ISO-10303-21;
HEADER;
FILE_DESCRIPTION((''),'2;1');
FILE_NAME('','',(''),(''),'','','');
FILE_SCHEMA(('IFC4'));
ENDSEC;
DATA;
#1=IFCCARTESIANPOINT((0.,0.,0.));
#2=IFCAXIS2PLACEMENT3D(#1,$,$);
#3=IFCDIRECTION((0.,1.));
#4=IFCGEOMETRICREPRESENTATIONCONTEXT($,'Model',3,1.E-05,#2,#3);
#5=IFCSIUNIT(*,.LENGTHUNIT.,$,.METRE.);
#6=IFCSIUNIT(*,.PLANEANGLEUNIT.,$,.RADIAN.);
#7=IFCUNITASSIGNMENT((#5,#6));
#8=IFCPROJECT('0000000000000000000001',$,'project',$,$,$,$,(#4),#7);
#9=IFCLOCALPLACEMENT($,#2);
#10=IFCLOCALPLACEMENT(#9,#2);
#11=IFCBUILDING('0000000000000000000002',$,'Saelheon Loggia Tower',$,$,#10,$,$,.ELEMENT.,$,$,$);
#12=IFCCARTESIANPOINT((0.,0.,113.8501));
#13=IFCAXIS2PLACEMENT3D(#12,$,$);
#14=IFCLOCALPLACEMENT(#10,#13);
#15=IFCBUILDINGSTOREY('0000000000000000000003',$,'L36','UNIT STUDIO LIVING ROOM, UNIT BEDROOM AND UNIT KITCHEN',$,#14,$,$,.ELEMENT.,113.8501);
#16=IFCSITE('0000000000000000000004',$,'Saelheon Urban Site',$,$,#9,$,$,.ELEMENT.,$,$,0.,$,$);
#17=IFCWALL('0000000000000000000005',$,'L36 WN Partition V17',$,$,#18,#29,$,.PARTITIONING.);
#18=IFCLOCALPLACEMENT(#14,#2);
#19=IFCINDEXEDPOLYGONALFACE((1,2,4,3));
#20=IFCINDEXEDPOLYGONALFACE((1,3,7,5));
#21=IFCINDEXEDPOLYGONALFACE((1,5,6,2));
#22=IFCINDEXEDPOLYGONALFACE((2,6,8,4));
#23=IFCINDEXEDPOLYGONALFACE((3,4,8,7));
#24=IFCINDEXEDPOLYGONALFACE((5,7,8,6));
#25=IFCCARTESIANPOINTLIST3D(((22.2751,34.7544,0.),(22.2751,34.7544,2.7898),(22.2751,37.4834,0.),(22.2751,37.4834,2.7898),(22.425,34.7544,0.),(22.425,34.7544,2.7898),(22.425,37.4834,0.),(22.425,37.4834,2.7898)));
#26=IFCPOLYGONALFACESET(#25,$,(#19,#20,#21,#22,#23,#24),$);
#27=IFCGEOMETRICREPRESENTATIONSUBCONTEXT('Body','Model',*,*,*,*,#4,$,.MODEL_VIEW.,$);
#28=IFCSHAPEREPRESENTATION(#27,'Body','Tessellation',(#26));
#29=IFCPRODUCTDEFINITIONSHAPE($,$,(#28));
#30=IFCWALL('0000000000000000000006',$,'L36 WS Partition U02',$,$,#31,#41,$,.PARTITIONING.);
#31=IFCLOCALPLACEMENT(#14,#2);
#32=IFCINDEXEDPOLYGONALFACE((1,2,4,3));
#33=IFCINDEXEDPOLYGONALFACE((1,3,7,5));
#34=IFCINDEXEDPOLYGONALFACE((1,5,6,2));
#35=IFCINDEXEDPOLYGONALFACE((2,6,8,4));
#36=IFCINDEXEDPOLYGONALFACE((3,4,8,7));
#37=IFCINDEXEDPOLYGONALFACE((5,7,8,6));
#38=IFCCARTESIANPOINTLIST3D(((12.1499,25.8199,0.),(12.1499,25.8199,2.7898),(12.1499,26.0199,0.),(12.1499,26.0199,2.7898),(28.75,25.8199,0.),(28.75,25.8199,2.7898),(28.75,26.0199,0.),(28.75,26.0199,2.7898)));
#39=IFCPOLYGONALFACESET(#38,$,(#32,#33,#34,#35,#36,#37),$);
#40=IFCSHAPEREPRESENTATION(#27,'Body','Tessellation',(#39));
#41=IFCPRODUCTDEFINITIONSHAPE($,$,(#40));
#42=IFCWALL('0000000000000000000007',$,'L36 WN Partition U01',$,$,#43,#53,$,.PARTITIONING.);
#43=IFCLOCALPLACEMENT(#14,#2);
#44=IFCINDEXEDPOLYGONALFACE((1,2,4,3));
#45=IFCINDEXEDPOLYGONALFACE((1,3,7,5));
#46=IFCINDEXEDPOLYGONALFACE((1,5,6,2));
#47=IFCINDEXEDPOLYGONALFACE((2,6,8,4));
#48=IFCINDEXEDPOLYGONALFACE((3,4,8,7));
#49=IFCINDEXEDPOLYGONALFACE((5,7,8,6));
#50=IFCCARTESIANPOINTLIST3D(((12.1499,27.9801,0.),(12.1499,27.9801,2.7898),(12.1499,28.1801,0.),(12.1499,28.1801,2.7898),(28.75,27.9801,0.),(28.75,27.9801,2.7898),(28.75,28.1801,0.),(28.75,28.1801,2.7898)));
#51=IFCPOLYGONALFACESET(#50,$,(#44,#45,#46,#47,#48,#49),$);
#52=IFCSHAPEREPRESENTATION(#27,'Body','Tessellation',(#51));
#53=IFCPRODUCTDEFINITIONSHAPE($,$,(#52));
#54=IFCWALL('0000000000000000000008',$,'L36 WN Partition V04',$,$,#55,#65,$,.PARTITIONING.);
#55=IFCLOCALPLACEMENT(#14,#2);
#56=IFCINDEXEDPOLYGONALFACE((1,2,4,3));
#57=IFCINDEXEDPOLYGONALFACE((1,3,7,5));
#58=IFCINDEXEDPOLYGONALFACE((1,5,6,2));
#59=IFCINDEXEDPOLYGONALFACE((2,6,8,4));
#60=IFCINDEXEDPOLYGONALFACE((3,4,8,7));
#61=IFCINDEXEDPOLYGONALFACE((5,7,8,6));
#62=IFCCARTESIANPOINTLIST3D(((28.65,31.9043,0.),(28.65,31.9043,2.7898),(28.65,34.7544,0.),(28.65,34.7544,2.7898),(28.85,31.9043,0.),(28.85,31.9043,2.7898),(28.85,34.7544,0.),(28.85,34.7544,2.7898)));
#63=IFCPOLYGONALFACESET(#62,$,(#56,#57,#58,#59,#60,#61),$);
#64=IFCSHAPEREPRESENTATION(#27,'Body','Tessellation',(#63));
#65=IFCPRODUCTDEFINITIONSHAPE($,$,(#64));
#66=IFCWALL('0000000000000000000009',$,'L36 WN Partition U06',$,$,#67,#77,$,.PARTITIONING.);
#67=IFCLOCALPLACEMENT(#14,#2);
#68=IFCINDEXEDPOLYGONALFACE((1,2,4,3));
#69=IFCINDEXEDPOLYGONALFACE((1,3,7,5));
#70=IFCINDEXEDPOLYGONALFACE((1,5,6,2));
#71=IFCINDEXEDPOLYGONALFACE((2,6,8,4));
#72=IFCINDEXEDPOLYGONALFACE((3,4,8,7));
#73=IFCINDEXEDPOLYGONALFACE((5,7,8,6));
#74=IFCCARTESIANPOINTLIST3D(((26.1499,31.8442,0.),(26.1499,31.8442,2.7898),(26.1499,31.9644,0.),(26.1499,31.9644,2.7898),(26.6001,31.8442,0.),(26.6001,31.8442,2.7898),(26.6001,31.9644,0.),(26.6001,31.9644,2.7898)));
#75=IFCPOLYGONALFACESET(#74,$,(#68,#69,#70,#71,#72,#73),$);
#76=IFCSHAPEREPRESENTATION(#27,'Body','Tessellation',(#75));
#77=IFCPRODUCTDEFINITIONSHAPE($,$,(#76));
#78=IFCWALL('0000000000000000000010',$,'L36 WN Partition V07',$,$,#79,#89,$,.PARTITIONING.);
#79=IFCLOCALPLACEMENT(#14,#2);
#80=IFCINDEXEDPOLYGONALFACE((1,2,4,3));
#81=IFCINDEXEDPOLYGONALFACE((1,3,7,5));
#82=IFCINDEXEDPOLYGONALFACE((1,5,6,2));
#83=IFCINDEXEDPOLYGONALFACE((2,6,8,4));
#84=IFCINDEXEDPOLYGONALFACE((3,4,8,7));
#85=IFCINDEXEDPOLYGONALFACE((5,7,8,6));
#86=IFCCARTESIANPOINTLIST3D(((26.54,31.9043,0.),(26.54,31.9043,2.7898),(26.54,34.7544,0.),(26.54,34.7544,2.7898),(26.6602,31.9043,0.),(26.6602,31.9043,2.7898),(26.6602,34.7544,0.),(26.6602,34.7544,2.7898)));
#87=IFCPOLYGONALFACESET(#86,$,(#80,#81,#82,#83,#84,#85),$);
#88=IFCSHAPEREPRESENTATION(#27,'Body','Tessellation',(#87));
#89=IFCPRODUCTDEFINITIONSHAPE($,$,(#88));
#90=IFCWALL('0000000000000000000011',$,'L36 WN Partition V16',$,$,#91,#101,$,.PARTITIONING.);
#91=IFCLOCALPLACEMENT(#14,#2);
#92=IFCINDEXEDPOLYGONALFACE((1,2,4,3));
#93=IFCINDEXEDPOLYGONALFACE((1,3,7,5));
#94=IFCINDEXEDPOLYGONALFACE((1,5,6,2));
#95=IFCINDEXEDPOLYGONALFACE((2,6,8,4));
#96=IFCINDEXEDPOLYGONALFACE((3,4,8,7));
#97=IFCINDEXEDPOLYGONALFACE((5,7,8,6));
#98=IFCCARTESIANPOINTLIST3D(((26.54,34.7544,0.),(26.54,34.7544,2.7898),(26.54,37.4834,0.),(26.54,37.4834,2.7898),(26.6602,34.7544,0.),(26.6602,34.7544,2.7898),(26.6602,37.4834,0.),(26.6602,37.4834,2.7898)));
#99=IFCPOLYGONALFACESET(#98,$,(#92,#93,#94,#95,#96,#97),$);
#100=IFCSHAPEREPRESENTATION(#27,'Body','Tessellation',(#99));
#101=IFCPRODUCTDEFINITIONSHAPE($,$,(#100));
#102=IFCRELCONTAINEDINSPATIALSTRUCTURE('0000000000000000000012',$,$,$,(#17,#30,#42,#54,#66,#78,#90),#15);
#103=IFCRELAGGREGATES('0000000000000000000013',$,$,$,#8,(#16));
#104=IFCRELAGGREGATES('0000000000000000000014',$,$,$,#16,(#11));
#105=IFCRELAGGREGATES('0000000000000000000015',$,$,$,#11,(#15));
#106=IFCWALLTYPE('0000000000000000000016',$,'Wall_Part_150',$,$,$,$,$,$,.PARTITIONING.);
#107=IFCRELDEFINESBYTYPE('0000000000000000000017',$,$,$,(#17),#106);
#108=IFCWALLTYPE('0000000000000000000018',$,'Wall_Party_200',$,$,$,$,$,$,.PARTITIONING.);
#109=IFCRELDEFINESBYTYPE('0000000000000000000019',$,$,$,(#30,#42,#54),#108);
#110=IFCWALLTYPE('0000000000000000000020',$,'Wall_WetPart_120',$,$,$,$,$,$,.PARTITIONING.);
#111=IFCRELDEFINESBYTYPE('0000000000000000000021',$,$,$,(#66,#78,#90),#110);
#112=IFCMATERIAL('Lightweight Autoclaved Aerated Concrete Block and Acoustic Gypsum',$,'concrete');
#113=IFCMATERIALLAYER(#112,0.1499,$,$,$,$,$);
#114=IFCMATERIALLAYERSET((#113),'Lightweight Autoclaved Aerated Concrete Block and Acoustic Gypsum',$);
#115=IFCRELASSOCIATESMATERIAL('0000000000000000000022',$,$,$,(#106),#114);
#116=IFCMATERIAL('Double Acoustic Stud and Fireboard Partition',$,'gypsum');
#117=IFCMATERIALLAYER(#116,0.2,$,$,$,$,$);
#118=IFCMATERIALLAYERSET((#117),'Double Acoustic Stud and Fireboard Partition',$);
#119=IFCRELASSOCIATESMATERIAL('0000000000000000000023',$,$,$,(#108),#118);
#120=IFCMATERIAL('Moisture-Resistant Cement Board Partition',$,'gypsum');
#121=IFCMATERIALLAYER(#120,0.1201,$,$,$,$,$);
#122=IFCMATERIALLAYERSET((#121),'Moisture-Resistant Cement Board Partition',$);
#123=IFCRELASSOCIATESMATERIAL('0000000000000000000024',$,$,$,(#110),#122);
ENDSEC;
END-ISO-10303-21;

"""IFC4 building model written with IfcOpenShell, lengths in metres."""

from ifc_helpers import new_model, si_unit, direction, frame, frame_2d, origin, place, context, subcontext, project, spatial, rectangle, extrude, material, layer, layer_set, type_object, element, save


model = new_model("IFC4")

# Units and contexts
model_context = context("Model", 3, precision=1e-05, world=origin(), true_north=direction((0.0, 1.0)))
body_context = subcontext(model_context, "Body", "Model", "MODEL_VIEW")
ifc_project = project(units=[si_unit("LENGTHUNIT", "METRE"), si_unit("PLANEANGLEUNIT", "RADIAN")], contexts=[model_context])

# Site, building, storey
site_placement = place(None, origin())
site = spatial("IfcSite", under=ifc_project, at=site_placement, Name="Saelheon Urban Site", CompositionType="ELEMENT", RefElevation=0.0)
building_placement = place(site_placement, origin())
building = spatial("IfcBuilding", under=site, at=building_placement, Name="Saelheon Loggia Tower", CompositionType="ELEMENT")
storey_placement = place(building_placement, frame((0.0, 0.0, 113.8501)))
storey = spatial("IfcBuildingStorey", under=building, at=storey_placement, Name="L36", Description="UNIT STUDIO LIVING ROOM, UNIT BEDROOM AND UNIT KITCHEN", CompositionType="ELEMENT", Elevation=113.8501)

# Shared definitions
ifc_material_1 = material(Name="Lightweight Autoclaved Aerated Concrete Block and Acoustic Gypsum", Category="concrete")
ifc_layer_1 = layer(ifc_material_1, 0.1499)
ifc_layer_set_1 = layer_set([ifc_layer_1], Name="Lightweight Autoclaved Aerated Concrete Block and Acoustic Gypsum")
wall_type_1 = type_object("IfcWallType", Name="Wall_Part_150", PredefinedType="PARTITIONING", material=ifc_layer_set_1)

# Walls
wall_1_placement = place(storey_placement, frame((22.3501, 34.7544, 0.0), z_axis=(0.0, 0.0, 1.0), x_axis=(0.0, 1.0, 0.0)))
element("IfcWall", 1, at=wall_1_placement, inside=storey, type_object=wall_type_1, Name="L36 WN Partition V17", PredefinedType="PARTITIONING", context=body_context, shape_type="SweptSolid", body=[
    extrude(rectangle(XDim=2.729, YDim=0.1499, at=frame_2d((1.3645, 0.0))), origin(), (0.0, 0.0, 1.0), 2.7898),
])
ifc_material_2 = material(Name="Double Acoustic Stud and Fireboard Partition", Category="gypsum")
ifc_layer_2 = layer(ifc_material_2, 0.2)
ifc_layer_set_2 = layer_set([ifc_layer_2], Name="Double Acoustic Stud and Fireboard Partition")
wall_type_2 = type_object("IfcWallType", Name="Wall_Party_200", PredefinedType="PARTITIONING", material=ifc_layer_set_2)
for number, where, z_axis, x_axis, name in (
    (2, (28.75, 25.9199, 0.0), (0.0, 0.0, 1.0), (-1.0, 0.0, 0.0), "L36 WS Partition U02"),
    (3, (28.75, 28.0801, 0.0), (0.0, 0.0, 1.0), (-1.0, 0.0, 0.0), "L36 WN Partition U01"),
):
    element("IfcWall", number, at=place(storey_placement, frame(where, z_axis=z_axis, x_axis=x_axis)), inside=storey, type_object=wall_type_2, Name=name, PredefinedType="PARTITIONING", context=body_context, shape_type="SweptSolid", body=[
        extrude(rectangle(XDim=16.6001, YDim=0.2, at=frame_2d((8.3, 0.0))), origin(), (0.0, 0.0, 1.0), 2.7898),
    ])

# Walls
wall_2_placement = place(storey_placement, frame((28.75, 31.9043, 0.0), z_axis=(0.0, 0.0, 1.0), x_axis=(0.0, 1.0, 0.0)))
element("IfcWall", 4, at=wall_2_placement, inside=storey, type_object=wall_type_2, Name="L36 WN Partition V04", PredefinedType="PARTITIONING", context=body_context, shape_type="SweptSolid", body=[
    extrude(rectangle(XDim=2.8501, YDim=0.2, at=frame_2d((1.425, 0.0))), origin(), (0.0, 0.0, 1.0), 2.7898),
])
ifc_material_3 = material(Name="Moisture-Resistant Cement Board Partition", Category="gypsum")
ifc_layer_3 = layer(ifc_material_3, 0.1201)
ifc_layer_set_3 = layer_set([ifc_layer_3], Name="Moisture-Resistant Cement Board Partition")
wall_type_3 = type_object("IfcWallType", Name="Wall_WetPart_120", PredefinedType="PARTITIONING", material=ifc_layer_set_3)
wall_3_placement = place(storey_placement, frame((26.6001, 31.9043, 0.0), z_axis=(0.0, 0.0, 1.0), x_axis=(-1.0, 0.0, 0.0)))
element("IfcWall", 5, at=wall_3_placement, inside=storey, type_object=wall_type_3, Name="L36 WN Partition U06", PredefinedType="PARTITIONING", context=body_context, shape_type="SweptSolid", body=[
    extrude(rectangle(XDim=0.4502, YDim=0.1201, at=frame_2d((0.2251, 0.0))), origin(), (0.0, 0.0, 1.0), 2.7898),
])
wall_4_placement = place(storey_placement, frame((26.6001, 31.9043, 0.0), z_axis=(0.0, 0.0, 1.0), x_axis=(0.0, 1.0, 0.0)))
element("IfcWall", 6, at=wall_4_placement, inside=storey, type_object=wall_type_3, Name="L36 WN Partition V07", PredefinedType="PARTITIONING", context=body_context, shape_type="SweptSolid", body=[
    extrude(rectangle(XDim=2.8501, YDim=0.1201, at=frame_2d((1.425, 0.0))), origin(), (0.0, 0.0, 1.0), 2.7898),
])
wall_5_placement = place(storey_placement, frame((26.6001, 34.7544, 0.0), z_axis=(0.0, 0.0, 1.0), x_axis=(0.0, 1.0, 0.0)))
element("IfcWall", 7, at=wall_5_placement, inside=storey, type_object=wall_type_3, Name="L36 WN Partition V16", PredefinedType="PARTITIONING", context=body_context, shape_type="SweptSolid", body=[
    extrude(rectangle(XDim=2.729, YDim=0.1201, at=frame_2d((1.3645, 0.0))), origin(), (0.0, 0.0, 1.0), 2.7898),
])

save(model, "model.ifc")
